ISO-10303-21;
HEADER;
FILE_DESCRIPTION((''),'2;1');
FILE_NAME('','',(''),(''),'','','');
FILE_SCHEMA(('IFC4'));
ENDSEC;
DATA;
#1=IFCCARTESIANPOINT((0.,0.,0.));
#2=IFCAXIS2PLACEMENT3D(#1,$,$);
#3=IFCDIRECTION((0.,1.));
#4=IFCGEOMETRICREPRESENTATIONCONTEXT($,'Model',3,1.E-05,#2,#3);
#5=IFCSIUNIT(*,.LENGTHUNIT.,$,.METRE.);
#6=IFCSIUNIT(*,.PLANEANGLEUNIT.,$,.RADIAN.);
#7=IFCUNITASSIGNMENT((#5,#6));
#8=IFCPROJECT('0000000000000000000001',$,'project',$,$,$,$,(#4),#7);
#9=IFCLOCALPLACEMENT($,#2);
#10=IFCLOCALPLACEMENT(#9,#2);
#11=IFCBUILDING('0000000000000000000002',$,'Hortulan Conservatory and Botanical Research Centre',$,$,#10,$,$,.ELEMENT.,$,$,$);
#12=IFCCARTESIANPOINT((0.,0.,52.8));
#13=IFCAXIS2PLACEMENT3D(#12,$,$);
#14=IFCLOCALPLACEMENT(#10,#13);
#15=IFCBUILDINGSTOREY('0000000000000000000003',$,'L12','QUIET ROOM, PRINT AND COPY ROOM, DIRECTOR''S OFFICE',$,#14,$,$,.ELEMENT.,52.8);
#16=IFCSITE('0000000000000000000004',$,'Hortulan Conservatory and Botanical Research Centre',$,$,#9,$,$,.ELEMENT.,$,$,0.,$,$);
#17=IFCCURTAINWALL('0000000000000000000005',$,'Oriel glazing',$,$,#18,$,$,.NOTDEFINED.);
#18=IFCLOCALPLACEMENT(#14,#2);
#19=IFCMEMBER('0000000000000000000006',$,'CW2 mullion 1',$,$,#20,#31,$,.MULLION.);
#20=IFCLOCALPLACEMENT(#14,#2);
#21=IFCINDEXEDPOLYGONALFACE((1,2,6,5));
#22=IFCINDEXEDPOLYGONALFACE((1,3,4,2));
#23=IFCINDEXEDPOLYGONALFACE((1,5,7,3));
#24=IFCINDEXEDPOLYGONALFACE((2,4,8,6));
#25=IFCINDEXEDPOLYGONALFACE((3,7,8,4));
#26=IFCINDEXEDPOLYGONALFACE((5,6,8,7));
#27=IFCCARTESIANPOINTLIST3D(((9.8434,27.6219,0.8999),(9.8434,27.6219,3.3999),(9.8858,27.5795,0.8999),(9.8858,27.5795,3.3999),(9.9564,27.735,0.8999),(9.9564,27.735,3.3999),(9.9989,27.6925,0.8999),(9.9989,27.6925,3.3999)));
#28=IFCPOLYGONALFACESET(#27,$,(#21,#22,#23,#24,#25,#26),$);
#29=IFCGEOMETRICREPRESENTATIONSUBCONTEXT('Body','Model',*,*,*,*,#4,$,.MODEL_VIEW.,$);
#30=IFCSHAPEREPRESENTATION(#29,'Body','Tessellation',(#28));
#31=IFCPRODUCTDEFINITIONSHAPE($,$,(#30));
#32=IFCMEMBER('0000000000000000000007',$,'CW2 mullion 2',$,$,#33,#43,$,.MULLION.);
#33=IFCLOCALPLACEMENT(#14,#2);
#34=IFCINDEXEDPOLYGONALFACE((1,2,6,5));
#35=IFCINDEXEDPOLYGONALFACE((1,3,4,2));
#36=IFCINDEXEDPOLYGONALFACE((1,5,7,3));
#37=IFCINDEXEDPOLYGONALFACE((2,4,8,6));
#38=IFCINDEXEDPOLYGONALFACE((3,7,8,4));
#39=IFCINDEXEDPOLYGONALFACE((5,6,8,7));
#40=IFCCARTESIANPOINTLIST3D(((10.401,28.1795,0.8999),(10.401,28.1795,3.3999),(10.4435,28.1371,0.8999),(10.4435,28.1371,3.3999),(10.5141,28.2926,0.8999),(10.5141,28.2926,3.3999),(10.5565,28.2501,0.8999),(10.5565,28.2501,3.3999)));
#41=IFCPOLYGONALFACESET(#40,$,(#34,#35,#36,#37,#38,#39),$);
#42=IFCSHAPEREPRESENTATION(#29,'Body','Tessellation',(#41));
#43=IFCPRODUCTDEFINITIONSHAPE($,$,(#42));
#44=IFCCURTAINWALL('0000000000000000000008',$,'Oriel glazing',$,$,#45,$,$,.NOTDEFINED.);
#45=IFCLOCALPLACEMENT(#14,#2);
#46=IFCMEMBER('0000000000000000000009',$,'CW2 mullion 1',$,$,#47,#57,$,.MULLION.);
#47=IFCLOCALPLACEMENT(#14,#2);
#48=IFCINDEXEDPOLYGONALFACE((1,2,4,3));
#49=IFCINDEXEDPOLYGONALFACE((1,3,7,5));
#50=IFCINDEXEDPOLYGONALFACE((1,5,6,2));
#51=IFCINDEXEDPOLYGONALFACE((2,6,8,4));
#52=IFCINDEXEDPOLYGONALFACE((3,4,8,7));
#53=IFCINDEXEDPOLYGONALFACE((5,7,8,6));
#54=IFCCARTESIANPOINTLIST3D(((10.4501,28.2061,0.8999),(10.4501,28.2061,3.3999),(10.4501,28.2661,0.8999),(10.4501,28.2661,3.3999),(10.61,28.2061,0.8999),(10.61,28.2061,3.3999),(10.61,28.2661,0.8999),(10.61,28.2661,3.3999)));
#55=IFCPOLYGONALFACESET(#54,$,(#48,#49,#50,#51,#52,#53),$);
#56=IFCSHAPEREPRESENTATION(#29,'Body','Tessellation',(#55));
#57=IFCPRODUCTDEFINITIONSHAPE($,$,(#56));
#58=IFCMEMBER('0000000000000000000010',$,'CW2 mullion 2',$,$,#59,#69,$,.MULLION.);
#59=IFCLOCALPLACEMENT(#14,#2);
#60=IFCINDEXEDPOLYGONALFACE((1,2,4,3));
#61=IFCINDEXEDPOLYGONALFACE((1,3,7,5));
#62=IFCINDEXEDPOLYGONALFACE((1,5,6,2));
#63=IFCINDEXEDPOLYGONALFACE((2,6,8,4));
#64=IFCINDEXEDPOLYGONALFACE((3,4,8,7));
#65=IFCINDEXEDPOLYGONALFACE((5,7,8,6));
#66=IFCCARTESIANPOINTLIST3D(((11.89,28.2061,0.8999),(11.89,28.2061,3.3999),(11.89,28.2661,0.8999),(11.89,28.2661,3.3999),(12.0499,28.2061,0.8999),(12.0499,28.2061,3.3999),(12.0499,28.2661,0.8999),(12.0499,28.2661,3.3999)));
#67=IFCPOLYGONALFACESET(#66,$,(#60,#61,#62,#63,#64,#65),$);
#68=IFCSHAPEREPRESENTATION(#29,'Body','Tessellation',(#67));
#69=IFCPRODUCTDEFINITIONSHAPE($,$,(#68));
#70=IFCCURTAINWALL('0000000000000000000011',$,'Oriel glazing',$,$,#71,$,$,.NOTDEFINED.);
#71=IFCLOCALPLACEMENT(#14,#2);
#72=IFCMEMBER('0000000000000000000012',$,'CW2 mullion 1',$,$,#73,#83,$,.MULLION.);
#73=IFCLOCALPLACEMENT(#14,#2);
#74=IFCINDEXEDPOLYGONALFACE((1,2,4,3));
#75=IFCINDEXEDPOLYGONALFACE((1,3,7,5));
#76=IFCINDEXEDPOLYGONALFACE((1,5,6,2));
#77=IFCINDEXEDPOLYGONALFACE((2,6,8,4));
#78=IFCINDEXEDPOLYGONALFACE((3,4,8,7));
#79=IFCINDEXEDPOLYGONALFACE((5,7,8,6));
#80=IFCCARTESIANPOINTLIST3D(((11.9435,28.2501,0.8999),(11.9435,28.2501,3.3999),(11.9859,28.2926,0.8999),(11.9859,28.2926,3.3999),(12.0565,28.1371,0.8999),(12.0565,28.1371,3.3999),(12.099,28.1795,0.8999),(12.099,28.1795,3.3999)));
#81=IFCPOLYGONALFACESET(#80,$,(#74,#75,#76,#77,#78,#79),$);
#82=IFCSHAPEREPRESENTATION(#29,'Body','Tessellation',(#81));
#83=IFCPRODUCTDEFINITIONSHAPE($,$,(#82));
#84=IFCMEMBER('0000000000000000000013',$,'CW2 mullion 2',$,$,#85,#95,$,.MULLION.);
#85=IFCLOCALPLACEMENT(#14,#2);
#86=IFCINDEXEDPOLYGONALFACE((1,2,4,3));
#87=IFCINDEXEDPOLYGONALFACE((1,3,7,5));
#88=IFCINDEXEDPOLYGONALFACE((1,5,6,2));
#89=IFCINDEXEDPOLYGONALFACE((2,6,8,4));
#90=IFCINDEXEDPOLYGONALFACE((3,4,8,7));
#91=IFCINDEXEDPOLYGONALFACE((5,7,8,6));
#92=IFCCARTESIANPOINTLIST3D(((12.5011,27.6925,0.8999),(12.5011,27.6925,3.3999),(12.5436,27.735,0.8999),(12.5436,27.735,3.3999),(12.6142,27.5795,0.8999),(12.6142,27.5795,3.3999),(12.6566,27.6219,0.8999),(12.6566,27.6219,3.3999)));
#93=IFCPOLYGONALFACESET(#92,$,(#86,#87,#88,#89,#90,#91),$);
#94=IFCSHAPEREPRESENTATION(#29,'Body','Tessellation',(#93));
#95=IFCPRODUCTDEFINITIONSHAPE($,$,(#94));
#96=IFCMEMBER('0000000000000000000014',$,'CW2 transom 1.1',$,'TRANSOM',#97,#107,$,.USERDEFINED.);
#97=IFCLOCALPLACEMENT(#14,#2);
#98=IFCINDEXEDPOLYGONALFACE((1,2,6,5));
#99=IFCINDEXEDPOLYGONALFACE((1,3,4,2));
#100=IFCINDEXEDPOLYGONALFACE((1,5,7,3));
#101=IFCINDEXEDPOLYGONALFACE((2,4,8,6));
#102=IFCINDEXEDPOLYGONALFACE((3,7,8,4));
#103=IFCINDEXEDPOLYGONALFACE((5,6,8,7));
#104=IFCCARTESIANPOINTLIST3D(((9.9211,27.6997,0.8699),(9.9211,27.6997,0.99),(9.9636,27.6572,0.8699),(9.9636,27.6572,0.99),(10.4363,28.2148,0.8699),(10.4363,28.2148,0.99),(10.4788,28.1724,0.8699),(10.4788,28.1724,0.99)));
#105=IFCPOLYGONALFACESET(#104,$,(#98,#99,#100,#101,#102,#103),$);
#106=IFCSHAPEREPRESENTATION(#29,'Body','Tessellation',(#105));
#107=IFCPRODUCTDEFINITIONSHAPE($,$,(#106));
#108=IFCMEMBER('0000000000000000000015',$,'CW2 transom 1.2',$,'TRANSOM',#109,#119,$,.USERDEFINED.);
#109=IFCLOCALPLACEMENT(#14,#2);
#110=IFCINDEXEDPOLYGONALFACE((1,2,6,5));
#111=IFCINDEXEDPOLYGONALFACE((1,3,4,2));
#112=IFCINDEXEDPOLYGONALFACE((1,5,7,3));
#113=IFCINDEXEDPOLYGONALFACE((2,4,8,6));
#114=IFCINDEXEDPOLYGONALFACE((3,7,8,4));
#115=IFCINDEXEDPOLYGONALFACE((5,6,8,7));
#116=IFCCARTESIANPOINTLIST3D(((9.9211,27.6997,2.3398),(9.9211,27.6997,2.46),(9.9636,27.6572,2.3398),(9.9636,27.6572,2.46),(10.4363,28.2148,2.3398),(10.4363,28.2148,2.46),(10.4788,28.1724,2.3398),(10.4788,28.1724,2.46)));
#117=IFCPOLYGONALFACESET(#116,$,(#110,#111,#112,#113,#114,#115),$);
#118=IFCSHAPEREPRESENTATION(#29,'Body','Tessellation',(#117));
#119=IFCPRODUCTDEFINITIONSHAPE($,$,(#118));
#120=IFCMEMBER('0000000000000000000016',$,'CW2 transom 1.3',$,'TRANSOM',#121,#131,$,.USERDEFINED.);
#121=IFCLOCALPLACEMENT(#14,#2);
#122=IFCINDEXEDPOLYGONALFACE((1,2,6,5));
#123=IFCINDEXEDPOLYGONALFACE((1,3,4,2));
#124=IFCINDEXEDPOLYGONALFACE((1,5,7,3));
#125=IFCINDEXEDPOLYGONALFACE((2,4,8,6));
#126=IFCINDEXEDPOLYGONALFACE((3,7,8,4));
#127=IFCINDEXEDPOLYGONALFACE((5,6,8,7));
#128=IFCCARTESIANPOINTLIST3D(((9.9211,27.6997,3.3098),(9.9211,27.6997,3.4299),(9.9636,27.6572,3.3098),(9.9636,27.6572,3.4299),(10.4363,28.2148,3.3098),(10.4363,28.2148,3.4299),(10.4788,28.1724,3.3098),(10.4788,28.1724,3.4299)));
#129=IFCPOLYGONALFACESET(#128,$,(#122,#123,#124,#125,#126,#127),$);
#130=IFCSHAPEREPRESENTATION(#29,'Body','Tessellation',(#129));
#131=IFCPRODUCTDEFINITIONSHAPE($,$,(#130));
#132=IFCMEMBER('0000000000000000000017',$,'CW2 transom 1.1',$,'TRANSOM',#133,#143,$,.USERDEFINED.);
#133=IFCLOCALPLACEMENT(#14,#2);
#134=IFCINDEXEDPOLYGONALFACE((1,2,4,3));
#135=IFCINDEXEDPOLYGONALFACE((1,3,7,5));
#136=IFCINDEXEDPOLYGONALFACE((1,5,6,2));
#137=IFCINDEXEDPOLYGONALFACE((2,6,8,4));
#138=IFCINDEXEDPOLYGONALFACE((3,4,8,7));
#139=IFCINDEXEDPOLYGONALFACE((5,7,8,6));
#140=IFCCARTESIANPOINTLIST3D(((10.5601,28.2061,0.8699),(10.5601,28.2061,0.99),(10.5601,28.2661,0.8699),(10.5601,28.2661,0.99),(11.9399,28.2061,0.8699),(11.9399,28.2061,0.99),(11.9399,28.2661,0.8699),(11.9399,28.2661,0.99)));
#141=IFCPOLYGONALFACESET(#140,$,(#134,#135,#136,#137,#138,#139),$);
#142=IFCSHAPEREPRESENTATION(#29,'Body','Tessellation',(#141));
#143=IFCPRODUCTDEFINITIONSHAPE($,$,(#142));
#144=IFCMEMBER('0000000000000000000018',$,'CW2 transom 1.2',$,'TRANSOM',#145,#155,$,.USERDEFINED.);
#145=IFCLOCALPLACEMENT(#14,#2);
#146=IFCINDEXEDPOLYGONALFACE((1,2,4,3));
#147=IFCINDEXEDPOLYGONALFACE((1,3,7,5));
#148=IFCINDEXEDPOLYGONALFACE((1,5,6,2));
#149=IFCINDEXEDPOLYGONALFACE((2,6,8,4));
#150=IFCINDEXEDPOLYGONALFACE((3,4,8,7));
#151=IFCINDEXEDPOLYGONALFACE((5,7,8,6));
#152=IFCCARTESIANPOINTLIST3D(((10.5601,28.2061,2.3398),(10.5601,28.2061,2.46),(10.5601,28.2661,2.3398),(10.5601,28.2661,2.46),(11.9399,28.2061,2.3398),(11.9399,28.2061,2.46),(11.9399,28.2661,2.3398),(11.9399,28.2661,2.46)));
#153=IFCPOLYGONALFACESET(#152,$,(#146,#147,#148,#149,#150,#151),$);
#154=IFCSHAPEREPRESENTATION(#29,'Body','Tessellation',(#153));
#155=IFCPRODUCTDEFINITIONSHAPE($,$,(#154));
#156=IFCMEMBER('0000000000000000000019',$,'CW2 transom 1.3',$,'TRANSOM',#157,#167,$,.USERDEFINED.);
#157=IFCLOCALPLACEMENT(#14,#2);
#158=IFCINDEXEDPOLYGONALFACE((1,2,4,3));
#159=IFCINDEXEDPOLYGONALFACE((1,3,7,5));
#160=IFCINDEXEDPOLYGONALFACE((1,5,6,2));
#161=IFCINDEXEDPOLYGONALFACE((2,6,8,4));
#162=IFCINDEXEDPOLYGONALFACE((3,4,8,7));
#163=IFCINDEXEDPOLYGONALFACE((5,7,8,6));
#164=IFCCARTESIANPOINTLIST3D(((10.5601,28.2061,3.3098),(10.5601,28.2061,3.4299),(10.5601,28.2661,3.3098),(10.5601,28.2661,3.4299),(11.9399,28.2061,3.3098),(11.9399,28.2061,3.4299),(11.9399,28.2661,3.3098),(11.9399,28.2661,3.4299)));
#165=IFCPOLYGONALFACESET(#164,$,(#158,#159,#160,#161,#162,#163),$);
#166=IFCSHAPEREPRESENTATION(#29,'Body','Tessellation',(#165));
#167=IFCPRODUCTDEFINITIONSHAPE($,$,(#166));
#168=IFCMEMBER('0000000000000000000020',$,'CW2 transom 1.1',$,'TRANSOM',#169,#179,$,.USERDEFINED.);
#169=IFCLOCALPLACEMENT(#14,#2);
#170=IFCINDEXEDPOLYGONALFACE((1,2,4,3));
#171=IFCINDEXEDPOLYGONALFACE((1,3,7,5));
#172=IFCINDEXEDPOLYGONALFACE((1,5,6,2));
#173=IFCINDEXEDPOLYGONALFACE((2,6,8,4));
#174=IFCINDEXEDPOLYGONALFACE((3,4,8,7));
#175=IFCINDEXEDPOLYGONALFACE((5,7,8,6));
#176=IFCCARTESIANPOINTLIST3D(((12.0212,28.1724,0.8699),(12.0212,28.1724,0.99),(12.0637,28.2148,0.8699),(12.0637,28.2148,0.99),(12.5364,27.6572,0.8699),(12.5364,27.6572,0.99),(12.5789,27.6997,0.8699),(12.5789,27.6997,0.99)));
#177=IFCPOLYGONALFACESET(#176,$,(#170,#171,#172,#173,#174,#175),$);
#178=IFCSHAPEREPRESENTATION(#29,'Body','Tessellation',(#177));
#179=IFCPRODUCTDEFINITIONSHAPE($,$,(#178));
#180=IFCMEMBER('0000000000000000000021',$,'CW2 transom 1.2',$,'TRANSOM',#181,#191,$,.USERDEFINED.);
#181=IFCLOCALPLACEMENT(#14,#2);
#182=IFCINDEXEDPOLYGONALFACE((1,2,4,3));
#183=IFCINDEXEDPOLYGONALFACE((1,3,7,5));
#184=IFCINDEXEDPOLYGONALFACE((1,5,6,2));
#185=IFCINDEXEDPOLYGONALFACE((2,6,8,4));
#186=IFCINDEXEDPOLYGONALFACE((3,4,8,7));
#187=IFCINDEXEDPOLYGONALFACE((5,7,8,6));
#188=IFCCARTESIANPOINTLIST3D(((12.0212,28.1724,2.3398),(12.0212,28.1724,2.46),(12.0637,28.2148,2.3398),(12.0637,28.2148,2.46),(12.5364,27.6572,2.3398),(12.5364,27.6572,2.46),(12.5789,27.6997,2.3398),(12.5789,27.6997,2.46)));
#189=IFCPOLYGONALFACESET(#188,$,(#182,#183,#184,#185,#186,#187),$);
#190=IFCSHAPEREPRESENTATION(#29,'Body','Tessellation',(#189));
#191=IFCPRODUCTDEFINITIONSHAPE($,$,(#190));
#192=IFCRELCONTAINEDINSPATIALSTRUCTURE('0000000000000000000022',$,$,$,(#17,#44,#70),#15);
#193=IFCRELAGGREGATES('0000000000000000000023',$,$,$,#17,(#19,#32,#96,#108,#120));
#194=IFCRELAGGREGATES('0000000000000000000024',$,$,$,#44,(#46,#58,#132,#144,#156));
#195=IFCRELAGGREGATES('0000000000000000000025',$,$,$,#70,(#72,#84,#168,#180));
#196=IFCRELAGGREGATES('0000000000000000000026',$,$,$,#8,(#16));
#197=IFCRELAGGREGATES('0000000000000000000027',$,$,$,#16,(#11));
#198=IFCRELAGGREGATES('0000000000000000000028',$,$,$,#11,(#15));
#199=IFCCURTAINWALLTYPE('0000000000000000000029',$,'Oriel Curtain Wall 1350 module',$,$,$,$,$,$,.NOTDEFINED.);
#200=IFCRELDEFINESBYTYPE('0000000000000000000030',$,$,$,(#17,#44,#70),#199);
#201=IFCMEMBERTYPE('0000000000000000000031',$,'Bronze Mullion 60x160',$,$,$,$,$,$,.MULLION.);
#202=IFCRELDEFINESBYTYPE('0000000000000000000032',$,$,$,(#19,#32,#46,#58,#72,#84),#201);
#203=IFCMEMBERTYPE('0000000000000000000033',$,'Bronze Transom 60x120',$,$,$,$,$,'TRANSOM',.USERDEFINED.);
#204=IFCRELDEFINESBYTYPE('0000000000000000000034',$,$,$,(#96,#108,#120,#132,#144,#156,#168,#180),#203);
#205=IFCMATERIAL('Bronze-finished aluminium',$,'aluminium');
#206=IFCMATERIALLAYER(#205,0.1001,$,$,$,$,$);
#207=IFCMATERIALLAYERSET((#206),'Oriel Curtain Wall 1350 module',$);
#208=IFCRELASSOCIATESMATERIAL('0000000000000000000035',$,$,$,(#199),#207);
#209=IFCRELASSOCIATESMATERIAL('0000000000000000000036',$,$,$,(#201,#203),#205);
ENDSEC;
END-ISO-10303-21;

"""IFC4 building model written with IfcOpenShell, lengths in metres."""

from ifc_helpers import new_model, si_unit, direction, frame, origin, origin_2d, place, context, subcontext, project, spatial, rectangle, extrude, material, layer, layer_set, material_profile, profile_set, type_object, element, aggregate, save


model = new_model("IFC4")

# Units and contexts
model_context = context("Model", 3, precision=1e-05, world=origin(), true_north=direction((0.0, 1.0)))
body_context = subcontext(model_context, "Body", "Model", "MODEL_VIEW")
ifc_project = project(units=[si_unit("LENGTHUNIT", "METRE"), si_unit("PLANEANGLEUNIT", "RADIAN")], contexts=[model_context])

# Site, building, storey
site_placement = place(None, origin())
site = spatial("IfcSite", under=ifc_project, at=site_placement, Name="Hortulan Conservatory and Botanical Research Centre", CompositionType="ELEMENT", RefElevation=0.0)
building_placement = place(site_placement, origin())
building = spatial("IfcBuilding", under=site, at=building_placement, Name="Hortulan Conservatory and Botanical Research Centre", CompositionType="ELEMENT")
storey_placement = place(building_placement, frame((0.0, 0.0, 52.8)))
storey = spatial("IfcBuildingStorey", under=building, at=storey_placement, Name="L12", Description="QUIET ROOM, PRINT AND COPY ROOM, DIRECTOR'S OFFICE", CompositionType="ELEMENT", Elevation=52.8)

# Curtain walls, members
ifc_material_1 = material(Name="Bronze-finished aluminium", Category="aluminium")
ifc_layer_1 = layer(ifc_material_1, 0.1001)
ifc_layer_set_1 = layer_set([ifc_layer_1], Name="Oriel Curtain Wall 1350 module")
curtain_wall_type = type_object("IfcCurtainWallType", Name="Oriel Curtain Wall 1350 module", PredefinedType="NOTDEFINED", material=ifc_layer_set_1)
curtain_wall_1_placement = place(storey_placement, origin())
curtain_wall_1 = element("IfcCurtainWall", 1, at=curtain_wall_1_placement, inside=storey, type_object=curtain_wall_type, Name="Oriel glazing", PredefinedType="NOTDEFINED")
ifc_material_profile_1 = material_profile(ifc_material_1, rectangle(XDim=0.0601, YDim=0.1599, at=origin_2d()), Name="Bronze Mullion 60x160")
ifc_profile_set_1 = profile_set([ifc_material_profile_1], Name="Bronze-finished aluminium")
member_type_1 = type_object("IfcMemberType", Name="Bronze Mullion 60x160", PredefinedType="MULLION", material=ifc_profile_set_1)
member_1_placement = place(storey_placement, frame((9.9211, 27.6572, 0.8999), z_axis=(0.0, 0.0, 1.0), x_axis=(-0.707107, 0.707107, 0.0)))
member_1 = element("IfcMember", 2, at=member_1_placement, type_object=member_type_1, Name="CW2 mullion 1", PredefinedType="MULLION", context=body_context, shape_type="SweptSolid", body=[
    extrude(rectangle(XDim=0.0601, YDim=0.1599, at=origin_2d()), origin(), (0.0, 0.0, 1.0), 2.5),
])
member_2_placement = place(storey_placement, frame((10.4788, 28.2148, 0.8999), z_axis=(0.0, 0.0, 1.0), x_axis=(-0.707107, 0.707107, 0.0)))
member_2 = element("IfcMember", 3, at=member_2_placement, type_object=member_type_1, Name="CW2 mullion 2", PredefinedType="MULLION", context=body_context, shape_type="SweptSolid", body=[
    extrude(rectangle(XDim=0.0601, YDim=0.1599, at=origin_2d()), origin(), (0.0, 0.0, 1.0), 2.5),
])
curtain_wall_2_placement = place(storey_placement, origin())
curtain_wall_2 = element("IfcCurtainWall", 4, at=curtain_wall_2_placement, inside=storey, type_object=curtain_wall_type, Name="Oriel glazing", PredefinedType="NOTDEFINED")
member_3_placement = place(storey_placement, frame((10.53, 28.2361, 0.8999), z_axis=(0.0, 0.0, 1.0), x_axis=(0.0, 1.0, 0.0)))
member_3 = element("IfcMember", 5, at=member_3_placement, type_object=member_type_1, Name="CW2 mullion 1", PredefinedType="MULLION", context=body_context, shape_type="SweptSolid", body=[
    extrude(rectangle(XDim=0.0601, YDim=0.1599, at=origin_2d()), origin(), (0.0, 0.0, 1.0), 2.5),
])
member_4_placement = place(storey_placement, frame((11.97, 28.2361, 0.8999), z_axis=(0.0, 0.0, 1.0), x_axis=(0.0, 1.0, 0.0)))
member_4 = element("IfcMember", 6, at=member_4_placement, type_object=member_type_1, Name="CW2 mullion 2", PredefinedType="MULLION", context=body_context, shape_type="SweptSolid", body=[
    extrude(rectangle(XDim=0.0601, YDim=0.1599, at=origin_2d()), origin(), (0.0, 0.0, 1.0), 2.5),
])
curtain_wall_3_placement = place(storey_placement, origin())
curtain_wall_3 = element("IfcCurtainWall", 7, at=curtain_wall_3_placement, inside=storey, type_object=curtain_wall_type, Name="Oriel glazing", PredefinedType="NOTDEFINED")
member_5_placement = place(storey_placement, frame((12.0212, 28.2148, 0.8999), z_axis=(0.0, 0.0, 1.0), x_axis=(0.707107, 0.707107, 0.0)))
member_5 = element("IfcMember", 8, at=member_5_placement, type_object=member_type_1, Name="CW2 mullion 1", PredefinedType="MULLION", context=body_context, shape_type="SweptSolid", body=[
    extrude(rectangle(XDim=0.0601, YDim=0.1599, at=origin_2d()), origin(), (0.0, 0.0, 1.0), 2.5),
])
member_6_placement = place(storey_placement, frame((12.5789, 27.6572, 0.8999), z_axis=(0.0, 0.0, 1.0), x_axis=(0.707107, 0.707107, 0.0)))
member_6 = element("IfcMember", 9, at=member_6_placement, type_object=member_type_1, Name="CW2 mullion 2", PredefinedType="MULLION", context=body_context, shape_type="SweptSolid", body=[
    extrude(rectangle(XDim=0.0601, YDim=0.1599, at=origin_2d()), origin(), (0.0, 0.0, 1.0), 2.5),
])

# Members
ifc_material_profile_2 = material_profile(ifc_material_1, rectangle(XDim=0.0601, YDim=0.1201, at=origin_2d()), Name="Bronze Transom 60x120")
ifc_profile_set_2 = profile_set([ifc_material_profile_2], Name="Bronze-finished aluminium")
member_type_2 = type_object("IfcMemberType", Name="Bronze Transom 60x120", ElementType="TRANSOM", PredefinedType="USERDEFINED", material=ifc_profile_set_2)
member_7_placement = place(storey_placement, frame((9.9424, 27.6785, 0.9299), z_axis=(0.707107, 0.707107, 0.0), x_axis=(-0.707107, 0.707107, 0.0)))
member_7 = element("IfcMember", 10, at=member_7_placement, type_object=member_type_2, Name="CW2 transom 1.1", ObjectType="TRANSOM", PredefinedType="USERDEFINED", context=body_context, shape_type="SweptSolid", body=[
    extrude(rectangle(XDim=0.0601, YDim=0.1201, at=origin_2d()), origin(), (0.0, 0.0, 1.0), 0.7285),
])
member_8_placement = place(storey_placement, frame((9.9424, 27.6785, 2.3999), z_axis=(0.707107, 0.707107, 0.0), x_axis=(-0.707107, 0.707107, 0.0)))
member_8 = element("IfcMember", 11, at=member_8_placement, type_object=member_type_2, Name="CW2 transom 1.2", ObjectType="TRANSOM", PredefinedType="USERDEFINED", context=body_context, shape_type="SweptSolid", body=[
    extrude(rectangle(XDim=0.0601, YDim=0.1201, at=origin_2d()), origin(), (0.0, 0.0, 1.0), 0.7285),
])
member_9_placement = place(storey_placement, frame((9.9424, 27.6785, 3.3699), z_axis=(0.707107, 0.707107, 0.0), x_axis=(-0.707107, 0.707107, 0.0)))
member_9 = element("IfcMember", 12, at=member_9_placement, type_object=member_type_2, Name="CW2 transom 1.3", ObjectType="TRANSOM", PredefinedType="USERDEFINED", context=body_context, shape_type="SweptSolid", body=[
    extrude(rectangle(XDim=0.0601, YDim=0.1201, at=origin_2d()), origin(), (0.0, 0.0, 1.0), 0.7285),
])
member_10_placement = place(storey_placement, frame((10.5601, 28.2361, 0.9299), z_axis=(1.0, 0.0, 0.0), x_axis=(0.0, 1.0, 0.0)))
member_10 = element("IfcMember", 13, at=member_10_placement, type_object=member_type_2, Name="CW2 transom 1.1", ObjectType="TRANSOM", PredefinedType="USERDEFINED", context=body_context, shape_type="SweptSolid", body=[
    extrude(rectangle(XDim=0.0601, YDim=0.1201, at=origin_2d()), origin(), (0.0, 0.0, 1.0), 1.3799),
])
member_11_placement = place(storey_placement, frame((10.5601, 28.2361, 2.3999), z_axis=(1.0, 0.0, 0.0), x_axis=(0.0, 1.0, 0.0)))
member_11 = element("IfcMember", 14, at=member_11_placement, type_object=member_type_2, Name="CW2 transom 1.2", ObjectType="TRANSOM", PredefinedType="USERDEFINED", context=body_context, shape_type="SweptSolid", body=[
    extrude(rectangle(XDim=0.0601, YDim=0.1201, at=origin_2d()), origin(), (0.0, 0.0, 1.0), 1.3799),
])
member_12_placement = place(storey_placement, frame((10.5601, 28.2361, 3.3699), z_axis=(1.0, 0.0, 0.0), x_axis=(0.0, 1.0, 0.0)))
member_12 = element("IfcMember", 15, at=member_12_placement, type_object=member_type_2, Name="CW2 transom 1.3", ObjectType="TRANSOM", PredefinedType="USERDEFINED", context=body_context, shape_type="SweptSolid", body=[
    extrude(rectangle(XDim=0.0601, YDim=0.1201, at=origin_2d()), origin(), (0.0, 0.0, 1.0), 1.3799),
])
member_13_placement = place(storey_placement, frame((12.0425, 28.1936, 0.9299), z_axis=(0.707107, -0.707107, 0.0), x_axis=(0.707107, 0.707107, 0.0)))
member_13 = element("IfcMember", 16, at=member_13_placement, type_object=member_type_2, Name="CW2 transom 1.1", ObjectType="TRANSOM", PredefinedType="USERDEFINED", context=body_context, shape_type="SweptSolid", body=[
    extrude(rectangle(XDim=0.0601, YDim=0.1201, at=origin_2d()), origin(), (0.0, 0.0, 1.0), 0.7285),
])
member_14_placement = place(storey_placement, frame((12.0425, 28.1936, 2.3999), z_axis=(0.707107, -0.707107, 0.0), x_axis=(0.707107, 0.707107, 0.0)))
member_14 = element("IfcMember", 17, at=member_14_placement, type_object=member_type_2, Name="CW2 transom 1.2", ObjectType="TRANSOM", PredefinedType="USERDEFINED", context=body_context, shape_type="SweptSolid", body=[
    extrude(rectangle(XDim=0.0601, YDim=0.1201, at=origin_2d()), origin(), (0.0, 0.0, 1.0), 0.7285),
])

aggregate(curtain_wall_1, [member_1, member_2, member_7, member_8, member_9])
aggregate(curtain_wall_2, [member_3, member_4, member_10, member_11, member_12])
aggregate(curtain_wall_3, [member_5, member_6, member_13, member_14])

save(model, "model.ifc")
